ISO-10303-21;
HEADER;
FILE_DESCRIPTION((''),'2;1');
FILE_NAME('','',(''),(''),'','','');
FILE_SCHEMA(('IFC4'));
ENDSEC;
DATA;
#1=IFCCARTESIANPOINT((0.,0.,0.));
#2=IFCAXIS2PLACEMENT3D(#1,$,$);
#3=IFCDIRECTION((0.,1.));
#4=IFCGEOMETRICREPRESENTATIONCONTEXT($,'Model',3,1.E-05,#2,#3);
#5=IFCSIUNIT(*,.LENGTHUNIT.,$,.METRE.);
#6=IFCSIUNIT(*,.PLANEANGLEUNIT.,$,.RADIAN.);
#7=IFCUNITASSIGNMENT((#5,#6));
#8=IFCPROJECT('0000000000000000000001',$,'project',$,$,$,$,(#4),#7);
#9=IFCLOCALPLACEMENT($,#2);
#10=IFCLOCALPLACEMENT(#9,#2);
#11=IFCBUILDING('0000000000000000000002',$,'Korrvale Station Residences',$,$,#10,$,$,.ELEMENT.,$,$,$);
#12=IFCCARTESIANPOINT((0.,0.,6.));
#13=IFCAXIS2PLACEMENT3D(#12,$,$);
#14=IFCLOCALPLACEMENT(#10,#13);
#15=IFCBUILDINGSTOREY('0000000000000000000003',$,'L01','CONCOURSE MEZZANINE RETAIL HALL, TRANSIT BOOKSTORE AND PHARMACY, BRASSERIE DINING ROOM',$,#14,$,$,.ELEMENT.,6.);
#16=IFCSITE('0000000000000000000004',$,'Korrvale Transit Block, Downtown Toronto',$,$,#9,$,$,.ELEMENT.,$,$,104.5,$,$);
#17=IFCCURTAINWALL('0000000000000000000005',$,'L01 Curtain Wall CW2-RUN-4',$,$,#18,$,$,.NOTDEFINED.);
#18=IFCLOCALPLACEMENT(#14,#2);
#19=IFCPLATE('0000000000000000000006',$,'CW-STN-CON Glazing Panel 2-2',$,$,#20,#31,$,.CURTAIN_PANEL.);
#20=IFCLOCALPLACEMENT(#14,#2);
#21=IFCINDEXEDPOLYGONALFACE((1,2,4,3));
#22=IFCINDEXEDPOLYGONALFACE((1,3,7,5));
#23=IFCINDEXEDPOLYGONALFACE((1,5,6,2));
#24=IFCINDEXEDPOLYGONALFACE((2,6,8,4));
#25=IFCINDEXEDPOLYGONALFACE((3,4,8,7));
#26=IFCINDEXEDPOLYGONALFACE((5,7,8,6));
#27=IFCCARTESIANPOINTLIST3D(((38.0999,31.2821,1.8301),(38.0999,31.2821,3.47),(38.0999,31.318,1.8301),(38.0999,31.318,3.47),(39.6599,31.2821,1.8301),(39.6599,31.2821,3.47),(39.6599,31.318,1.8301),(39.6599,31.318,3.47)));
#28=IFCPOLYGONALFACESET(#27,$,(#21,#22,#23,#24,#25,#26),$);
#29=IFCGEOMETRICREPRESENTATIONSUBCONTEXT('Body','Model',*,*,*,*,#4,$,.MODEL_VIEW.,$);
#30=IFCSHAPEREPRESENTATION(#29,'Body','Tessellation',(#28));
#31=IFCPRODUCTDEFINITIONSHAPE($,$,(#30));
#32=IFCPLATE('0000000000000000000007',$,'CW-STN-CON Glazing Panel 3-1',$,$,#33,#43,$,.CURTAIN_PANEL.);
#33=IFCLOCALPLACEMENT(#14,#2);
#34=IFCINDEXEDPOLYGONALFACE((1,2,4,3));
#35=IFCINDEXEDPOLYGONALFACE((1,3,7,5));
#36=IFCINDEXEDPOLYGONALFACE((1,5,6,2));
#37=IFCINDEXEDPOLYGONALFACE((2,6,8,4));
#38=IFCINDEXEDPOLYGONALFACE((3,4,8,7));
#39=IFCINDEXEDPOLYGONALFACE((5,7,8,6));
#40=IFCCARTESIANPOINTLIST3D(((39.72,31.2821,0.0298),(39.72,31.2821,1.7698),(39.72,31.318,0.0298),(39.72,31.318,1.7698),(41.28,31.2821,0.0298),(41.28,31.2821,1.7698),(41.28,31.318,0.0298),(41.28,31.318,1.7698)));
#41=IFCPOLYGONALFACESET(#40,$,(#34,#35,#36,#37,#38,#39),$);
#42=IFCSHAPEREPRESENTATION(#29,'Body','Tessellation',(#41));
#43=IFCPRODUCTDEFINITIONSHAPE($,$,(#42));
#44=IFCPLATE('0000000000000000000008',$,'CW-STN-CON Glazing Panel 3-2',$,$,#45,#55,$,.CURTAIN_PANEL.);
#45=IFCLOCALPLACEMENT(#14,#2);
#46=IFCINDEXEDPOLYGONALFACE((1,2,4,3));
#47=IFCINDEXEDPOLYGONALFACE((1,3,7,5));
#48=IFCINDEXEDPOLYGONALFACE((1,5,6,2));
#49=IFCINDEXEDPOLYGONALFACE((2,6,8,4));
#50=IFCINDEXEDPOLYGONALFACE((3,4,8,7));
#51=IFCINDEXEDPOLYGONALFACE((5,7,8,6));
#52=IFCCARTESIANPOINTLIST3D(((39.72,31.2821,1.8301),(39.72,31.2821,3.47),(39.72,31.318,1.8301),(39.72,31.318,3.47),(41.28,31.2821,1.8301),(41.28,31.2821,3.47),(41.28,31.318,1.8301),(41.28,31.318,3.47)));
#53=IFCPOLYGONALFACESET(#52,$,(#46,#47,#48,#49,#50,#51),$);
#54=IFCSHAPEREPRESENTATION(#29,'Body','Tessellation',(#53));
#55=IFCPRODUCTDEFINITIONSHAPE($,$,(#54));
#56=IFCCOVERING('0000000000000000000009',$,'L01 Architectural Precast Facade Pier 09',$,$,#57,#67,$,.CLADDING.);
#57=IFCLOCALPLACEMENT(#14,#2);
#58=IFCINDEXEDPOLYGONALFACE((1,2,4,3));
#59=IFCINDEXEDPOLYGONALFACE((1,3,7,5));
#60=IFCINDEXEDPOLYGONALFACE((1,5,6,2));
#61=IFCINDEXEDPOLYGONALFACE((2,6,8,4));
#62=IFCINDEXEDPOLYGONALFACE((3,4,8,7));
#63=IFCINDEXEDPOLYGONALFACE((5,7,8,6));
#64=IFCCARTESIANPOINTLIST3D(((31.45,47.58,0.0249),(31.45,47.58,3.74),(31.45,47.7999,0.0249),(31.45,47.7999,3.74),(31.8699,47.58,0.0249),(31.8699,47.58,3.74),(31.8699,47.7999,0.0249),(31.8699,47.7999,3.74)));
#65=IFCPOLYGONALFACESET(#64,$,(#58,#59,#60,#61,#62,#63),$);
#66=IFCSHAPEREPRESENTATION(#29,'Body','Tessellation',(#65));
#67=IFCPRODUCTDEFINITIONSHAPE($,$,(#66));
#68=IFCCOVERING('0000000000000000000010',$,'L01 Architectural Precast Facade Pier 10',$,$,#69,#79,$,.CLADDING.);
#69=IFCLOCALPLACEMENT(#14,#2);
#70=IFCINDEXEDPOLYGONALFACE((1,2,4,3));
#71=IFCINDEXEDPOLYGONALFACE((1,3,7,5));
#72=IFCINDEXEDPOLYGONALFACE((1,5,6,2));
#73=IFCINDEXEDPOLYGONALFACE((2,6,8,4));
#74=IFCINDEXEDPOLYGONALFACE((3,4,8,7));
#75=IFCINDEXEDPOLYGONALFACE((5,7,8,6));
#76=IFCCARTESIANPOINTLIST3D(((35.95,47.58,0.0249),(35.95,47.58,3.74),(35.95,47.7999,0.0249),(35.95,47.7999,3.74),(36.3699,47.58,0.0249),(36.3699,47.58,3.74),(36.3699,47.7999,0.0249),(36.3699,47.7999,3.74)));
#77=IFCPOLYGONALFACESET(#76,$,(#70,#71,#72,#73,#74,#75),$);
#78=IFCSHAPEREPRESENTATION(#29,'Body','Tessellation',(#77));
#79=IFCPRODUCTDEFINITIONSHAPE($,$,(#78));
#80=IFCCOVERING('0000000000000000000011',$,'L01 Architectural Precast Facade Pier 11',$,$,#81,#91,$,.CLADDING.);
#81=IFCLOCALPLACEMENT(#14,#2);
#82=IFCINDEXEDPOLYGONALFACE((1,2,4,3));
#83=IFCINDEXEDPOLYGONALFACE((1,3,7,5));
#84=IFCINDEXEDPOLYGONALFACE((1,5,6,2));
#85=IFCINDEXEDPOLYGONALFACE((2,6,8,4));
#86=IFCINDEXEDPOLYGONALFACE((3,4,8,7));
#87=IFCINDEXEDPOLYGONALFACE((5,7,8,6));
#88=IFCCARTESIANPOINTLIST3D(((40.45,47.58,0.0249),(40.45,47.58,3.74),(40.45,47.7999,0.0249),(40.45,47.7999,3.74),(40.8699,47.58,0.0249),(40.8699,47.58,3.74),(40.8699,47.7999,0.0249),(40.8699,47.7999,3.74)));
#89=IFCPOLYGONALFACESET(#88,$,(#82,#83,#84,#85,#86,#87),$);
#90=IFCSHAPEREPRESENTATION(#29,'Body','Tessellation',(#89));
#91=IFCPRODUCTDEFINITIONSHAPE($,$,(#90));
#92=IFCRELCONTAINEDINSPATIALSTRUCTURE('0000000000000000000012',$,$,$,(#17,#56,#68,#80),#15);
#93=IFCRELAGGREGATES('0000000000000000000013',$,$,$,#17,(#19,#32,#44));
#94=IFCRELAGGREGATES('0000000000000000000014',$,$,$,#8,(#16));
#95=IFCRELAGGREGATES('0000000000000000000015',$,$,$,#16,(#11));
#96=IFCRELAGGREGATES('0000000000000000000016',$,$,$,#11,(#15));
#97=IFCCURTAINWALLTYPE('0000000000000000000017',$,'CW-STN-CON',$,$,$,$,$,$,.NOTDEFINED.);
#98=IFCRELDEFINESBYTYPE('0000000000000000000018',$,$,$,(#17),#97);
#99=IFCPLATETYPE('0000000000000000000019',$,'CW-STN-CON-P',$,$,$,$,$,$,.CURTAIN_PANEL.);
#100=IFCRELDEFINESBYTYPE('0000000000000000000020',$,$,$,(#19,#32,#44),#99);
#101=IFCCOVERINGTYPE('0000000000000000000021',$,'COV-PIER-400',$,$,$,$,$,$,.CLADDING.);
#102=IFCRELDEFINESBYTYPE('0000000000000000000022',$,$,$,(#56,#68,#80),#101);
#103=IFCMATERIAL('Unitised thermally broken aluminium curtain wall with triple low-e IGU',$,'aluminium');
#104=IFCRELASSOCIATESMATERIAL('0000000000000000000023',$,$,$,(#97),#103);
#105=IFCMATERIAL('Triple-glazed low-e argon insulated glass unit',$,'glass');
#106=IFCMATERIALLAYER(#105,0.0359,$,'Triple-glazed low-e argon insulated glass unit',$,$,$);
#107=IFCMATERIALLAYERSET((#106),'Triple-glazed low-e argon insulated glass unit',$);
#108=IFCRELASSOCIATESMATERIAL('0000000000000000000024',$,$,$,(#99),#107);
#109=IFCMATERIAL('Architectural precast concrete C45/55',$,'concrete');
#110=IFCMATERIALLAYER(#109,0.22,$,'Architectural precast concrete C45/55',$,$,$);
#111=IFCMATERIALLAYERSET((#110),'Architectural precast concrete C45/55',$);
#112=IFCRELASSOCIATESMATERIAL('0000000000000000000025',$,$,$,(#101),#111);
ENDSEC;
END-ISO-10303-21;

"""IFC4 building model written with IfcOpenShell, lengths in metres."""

from ifc_helpers import new_model, si_unit, direction, frame, origin, origin_2d, place, context, subcontext, project, spatial, rectangle, extrude, material, layer, layer_set, type_object, element, aggregate, save


model = new_model("IFC4")

# Units and contexts
model_context = context("Model", 3, precision=1e-05, world=origin(), true_north=direction((0.0, 1.0)))
body_context = subcontext(model_context, "Body", "Model", "MODEL_VIEW")
ifc_project = project(units=[si_unit("LENGTHUNIT", "METRE"), si_unit("PLANEANGLEUNIT", "RADIAN")], contexts=[model_context])

# Site, building, storey
site_placement = place(None, origin())
site = spatial("IfcSite", under=ifc_project, at=site_placement, Name="Korrvale Transit Block, Downtown Toronto", CompositionType="ELEMENT", RefElevation=104.5)
building_placement = place(site_placement, origin())
building = spatial("IfcBuilding", under=site, at=building_placement, Name="Korrvale Station Residences", CompositionType="ELEMENT")
storey_placement = place(building_placement, frame((0.0, 0.0, 6.0)))
storey = spatial("IfcBuildingStorey", under=building, at=storey_placement, Name="L01", Description="CONCOURSE MEZZANINE RETAIL HALL, TRANSIT BOOKSTORE AND PHARMACY, BRASSERIE DINING ROOM", CompositionType="ELEMENT", Elevation=6.0)

# Curtain wall, plates
ifc_material_1 = material(Name="Unitised thermally broken aluminium curtain wall with triple low-e IGU", Category="aluminium")
curtain_wall_type = type_object("IfcCurtainWallType", Name="CW-STN-CON", PredefinedType="NOTDEFINED", material=ifc_material_1)
curtain_wall_placement = place(storey_placement, origin())
curtain_wall = element("IfcCurtainWall", 1, at=curtain_wall_placement, inside=storey, type_object=curtain_wall_type, Name="L01 Curtain Wall CW2-RUN-4", PredefinedType="NOTDEFINED")
ifc_material_2 = material(Name="Triple-glazed low-e argon insulated glass unit", Category="glass")
ifc_layer_1 = layer(ifc_material_2, 0.0359, Name="Triple-glazed low-e argon insulated glass unit")
ifc_layer_set_1 = layer_set([ifc_layer_1], Name="Triple-glazed low-e argon insulated glass unit")
plate_type = type_object("IfcPlateType", Name="CW-STN-CON-P", PredefinedType="CURTAIN_PANEL", material=ifc_layer_set_1)
plate_1_placement = place(storey_placement, frame((38.8799, 31.3, 1.8301), z_axis=(0.0, 0.0, 1.0), x_axis=(1.0, 0.0, 0.0)))
plate_1 = element("IfcPlate", 2, at=plate_1_placement, type_object=plate_type, Name="CW-STN-CON Glazing Panel 2-2", PredefinedType="CURTAIN_PANEL", context=body_context, shape_type="SweptSolid", body=[
    extrude(rectangle(XDim=1.5601, YDim=0.0359, at=origin_2d()), origin(), (0.0, 0.0, 1.0), 1.6399),
])
plate_2_placement = place(storey_placement, frame((40.5, 31.3, 0.0298), z_axis=(0.0, 0.0, 1.0), x_axis=(1.0, 0.0, 0.0)))
plate_2 = element("IfcPlate", 3, at=plate_2_placement, type_object=plate_type, Name="CW-STN-CON Glazing Panel 3-1", PredefinedType="CURTAIN_PANEL", context=body_context, shape_type="SweptSolid", body=[
    extrude(rectangle(XDim=1.5601, YDim=0.0359, at=origin_2d()), origin(), (0.0, 0.0, 1.0), 1.74),
])
plate_3_placement = place(storey_placement, frame((40.5, 31.3, 1.8301), z_axis=(0.0, 0.0, 1.0), x_axis=(1.0, 0.0, 0.0)))
plate_3 = element("IfcPlate", 4, at=plate_3_placement, type_object=plate_type, Name="CW-STN-CON Glazing Panel 3-2", PredefinedType="CURTAIN_PANEL", context=body_context, shape_type="SweptSolid", body=[
    extrude(rectangle(XDim=1.5601, YDim=0.0359, at=origin_2d()), origin(), (0.0, 0.0, 1.0), 1.6399),
])
aggregate(curtain_wall, [plate_1, plate_2, plate_3])

# Coverings
ifc_material_3 = material(Name="Architectural precast concrete C45/55", Category="concrete")
ifc_layer_2 = layer(ifc_material_3, 0.22, Name="Architectural precast concrete C45/55")
ifc_layer_set_2 = layer_set([ifc_layer_2], Name="Architectural precast concrete C45/55")
covering_type = type_object("IfcCoveringType", Name="COV-PIER-400", PredefinedType="CLADDING", material=ifc_layer_set_2)
for number, where, z_axis, x_axis, name in (
    (5, (31.6599, 47.6899, 0.0249), (0.0, 0.0, 1.0), (1.0, 0.0, 0.0), "L01 Architectural Precast Facade Pier 09"),
    (6, (36.1599, 47.6899, 0.0249), (0.0, 0.0, 1.0), (1.0, 0.0, 0.0), "L01 Architectural Precast Facade Pier 10"),
    (7, (40.6599, 47.6899, 0.0249), (0.0, 0.0, 1.0), (1.0, 0.0, 0.0), "L01 Architectural Precast Facade Pier 11"),
):
    element("IfcCovering", number, at=place(storey_placement, frame(where, z_axis=z_axis, x_axis=x_axis)), inside=storey, type_object=covering_type, Name=name, PredefinedType="CLADDING", context=body_context, shape_type="SweptSolid", body=[
        extrude(rectangle(XDim=0.4199, YDim=0.22, at=origin_2d()), origin(), (0.0, 0.0, 1.0), 3.7151),
    ])

save(model, "model.ifc")
